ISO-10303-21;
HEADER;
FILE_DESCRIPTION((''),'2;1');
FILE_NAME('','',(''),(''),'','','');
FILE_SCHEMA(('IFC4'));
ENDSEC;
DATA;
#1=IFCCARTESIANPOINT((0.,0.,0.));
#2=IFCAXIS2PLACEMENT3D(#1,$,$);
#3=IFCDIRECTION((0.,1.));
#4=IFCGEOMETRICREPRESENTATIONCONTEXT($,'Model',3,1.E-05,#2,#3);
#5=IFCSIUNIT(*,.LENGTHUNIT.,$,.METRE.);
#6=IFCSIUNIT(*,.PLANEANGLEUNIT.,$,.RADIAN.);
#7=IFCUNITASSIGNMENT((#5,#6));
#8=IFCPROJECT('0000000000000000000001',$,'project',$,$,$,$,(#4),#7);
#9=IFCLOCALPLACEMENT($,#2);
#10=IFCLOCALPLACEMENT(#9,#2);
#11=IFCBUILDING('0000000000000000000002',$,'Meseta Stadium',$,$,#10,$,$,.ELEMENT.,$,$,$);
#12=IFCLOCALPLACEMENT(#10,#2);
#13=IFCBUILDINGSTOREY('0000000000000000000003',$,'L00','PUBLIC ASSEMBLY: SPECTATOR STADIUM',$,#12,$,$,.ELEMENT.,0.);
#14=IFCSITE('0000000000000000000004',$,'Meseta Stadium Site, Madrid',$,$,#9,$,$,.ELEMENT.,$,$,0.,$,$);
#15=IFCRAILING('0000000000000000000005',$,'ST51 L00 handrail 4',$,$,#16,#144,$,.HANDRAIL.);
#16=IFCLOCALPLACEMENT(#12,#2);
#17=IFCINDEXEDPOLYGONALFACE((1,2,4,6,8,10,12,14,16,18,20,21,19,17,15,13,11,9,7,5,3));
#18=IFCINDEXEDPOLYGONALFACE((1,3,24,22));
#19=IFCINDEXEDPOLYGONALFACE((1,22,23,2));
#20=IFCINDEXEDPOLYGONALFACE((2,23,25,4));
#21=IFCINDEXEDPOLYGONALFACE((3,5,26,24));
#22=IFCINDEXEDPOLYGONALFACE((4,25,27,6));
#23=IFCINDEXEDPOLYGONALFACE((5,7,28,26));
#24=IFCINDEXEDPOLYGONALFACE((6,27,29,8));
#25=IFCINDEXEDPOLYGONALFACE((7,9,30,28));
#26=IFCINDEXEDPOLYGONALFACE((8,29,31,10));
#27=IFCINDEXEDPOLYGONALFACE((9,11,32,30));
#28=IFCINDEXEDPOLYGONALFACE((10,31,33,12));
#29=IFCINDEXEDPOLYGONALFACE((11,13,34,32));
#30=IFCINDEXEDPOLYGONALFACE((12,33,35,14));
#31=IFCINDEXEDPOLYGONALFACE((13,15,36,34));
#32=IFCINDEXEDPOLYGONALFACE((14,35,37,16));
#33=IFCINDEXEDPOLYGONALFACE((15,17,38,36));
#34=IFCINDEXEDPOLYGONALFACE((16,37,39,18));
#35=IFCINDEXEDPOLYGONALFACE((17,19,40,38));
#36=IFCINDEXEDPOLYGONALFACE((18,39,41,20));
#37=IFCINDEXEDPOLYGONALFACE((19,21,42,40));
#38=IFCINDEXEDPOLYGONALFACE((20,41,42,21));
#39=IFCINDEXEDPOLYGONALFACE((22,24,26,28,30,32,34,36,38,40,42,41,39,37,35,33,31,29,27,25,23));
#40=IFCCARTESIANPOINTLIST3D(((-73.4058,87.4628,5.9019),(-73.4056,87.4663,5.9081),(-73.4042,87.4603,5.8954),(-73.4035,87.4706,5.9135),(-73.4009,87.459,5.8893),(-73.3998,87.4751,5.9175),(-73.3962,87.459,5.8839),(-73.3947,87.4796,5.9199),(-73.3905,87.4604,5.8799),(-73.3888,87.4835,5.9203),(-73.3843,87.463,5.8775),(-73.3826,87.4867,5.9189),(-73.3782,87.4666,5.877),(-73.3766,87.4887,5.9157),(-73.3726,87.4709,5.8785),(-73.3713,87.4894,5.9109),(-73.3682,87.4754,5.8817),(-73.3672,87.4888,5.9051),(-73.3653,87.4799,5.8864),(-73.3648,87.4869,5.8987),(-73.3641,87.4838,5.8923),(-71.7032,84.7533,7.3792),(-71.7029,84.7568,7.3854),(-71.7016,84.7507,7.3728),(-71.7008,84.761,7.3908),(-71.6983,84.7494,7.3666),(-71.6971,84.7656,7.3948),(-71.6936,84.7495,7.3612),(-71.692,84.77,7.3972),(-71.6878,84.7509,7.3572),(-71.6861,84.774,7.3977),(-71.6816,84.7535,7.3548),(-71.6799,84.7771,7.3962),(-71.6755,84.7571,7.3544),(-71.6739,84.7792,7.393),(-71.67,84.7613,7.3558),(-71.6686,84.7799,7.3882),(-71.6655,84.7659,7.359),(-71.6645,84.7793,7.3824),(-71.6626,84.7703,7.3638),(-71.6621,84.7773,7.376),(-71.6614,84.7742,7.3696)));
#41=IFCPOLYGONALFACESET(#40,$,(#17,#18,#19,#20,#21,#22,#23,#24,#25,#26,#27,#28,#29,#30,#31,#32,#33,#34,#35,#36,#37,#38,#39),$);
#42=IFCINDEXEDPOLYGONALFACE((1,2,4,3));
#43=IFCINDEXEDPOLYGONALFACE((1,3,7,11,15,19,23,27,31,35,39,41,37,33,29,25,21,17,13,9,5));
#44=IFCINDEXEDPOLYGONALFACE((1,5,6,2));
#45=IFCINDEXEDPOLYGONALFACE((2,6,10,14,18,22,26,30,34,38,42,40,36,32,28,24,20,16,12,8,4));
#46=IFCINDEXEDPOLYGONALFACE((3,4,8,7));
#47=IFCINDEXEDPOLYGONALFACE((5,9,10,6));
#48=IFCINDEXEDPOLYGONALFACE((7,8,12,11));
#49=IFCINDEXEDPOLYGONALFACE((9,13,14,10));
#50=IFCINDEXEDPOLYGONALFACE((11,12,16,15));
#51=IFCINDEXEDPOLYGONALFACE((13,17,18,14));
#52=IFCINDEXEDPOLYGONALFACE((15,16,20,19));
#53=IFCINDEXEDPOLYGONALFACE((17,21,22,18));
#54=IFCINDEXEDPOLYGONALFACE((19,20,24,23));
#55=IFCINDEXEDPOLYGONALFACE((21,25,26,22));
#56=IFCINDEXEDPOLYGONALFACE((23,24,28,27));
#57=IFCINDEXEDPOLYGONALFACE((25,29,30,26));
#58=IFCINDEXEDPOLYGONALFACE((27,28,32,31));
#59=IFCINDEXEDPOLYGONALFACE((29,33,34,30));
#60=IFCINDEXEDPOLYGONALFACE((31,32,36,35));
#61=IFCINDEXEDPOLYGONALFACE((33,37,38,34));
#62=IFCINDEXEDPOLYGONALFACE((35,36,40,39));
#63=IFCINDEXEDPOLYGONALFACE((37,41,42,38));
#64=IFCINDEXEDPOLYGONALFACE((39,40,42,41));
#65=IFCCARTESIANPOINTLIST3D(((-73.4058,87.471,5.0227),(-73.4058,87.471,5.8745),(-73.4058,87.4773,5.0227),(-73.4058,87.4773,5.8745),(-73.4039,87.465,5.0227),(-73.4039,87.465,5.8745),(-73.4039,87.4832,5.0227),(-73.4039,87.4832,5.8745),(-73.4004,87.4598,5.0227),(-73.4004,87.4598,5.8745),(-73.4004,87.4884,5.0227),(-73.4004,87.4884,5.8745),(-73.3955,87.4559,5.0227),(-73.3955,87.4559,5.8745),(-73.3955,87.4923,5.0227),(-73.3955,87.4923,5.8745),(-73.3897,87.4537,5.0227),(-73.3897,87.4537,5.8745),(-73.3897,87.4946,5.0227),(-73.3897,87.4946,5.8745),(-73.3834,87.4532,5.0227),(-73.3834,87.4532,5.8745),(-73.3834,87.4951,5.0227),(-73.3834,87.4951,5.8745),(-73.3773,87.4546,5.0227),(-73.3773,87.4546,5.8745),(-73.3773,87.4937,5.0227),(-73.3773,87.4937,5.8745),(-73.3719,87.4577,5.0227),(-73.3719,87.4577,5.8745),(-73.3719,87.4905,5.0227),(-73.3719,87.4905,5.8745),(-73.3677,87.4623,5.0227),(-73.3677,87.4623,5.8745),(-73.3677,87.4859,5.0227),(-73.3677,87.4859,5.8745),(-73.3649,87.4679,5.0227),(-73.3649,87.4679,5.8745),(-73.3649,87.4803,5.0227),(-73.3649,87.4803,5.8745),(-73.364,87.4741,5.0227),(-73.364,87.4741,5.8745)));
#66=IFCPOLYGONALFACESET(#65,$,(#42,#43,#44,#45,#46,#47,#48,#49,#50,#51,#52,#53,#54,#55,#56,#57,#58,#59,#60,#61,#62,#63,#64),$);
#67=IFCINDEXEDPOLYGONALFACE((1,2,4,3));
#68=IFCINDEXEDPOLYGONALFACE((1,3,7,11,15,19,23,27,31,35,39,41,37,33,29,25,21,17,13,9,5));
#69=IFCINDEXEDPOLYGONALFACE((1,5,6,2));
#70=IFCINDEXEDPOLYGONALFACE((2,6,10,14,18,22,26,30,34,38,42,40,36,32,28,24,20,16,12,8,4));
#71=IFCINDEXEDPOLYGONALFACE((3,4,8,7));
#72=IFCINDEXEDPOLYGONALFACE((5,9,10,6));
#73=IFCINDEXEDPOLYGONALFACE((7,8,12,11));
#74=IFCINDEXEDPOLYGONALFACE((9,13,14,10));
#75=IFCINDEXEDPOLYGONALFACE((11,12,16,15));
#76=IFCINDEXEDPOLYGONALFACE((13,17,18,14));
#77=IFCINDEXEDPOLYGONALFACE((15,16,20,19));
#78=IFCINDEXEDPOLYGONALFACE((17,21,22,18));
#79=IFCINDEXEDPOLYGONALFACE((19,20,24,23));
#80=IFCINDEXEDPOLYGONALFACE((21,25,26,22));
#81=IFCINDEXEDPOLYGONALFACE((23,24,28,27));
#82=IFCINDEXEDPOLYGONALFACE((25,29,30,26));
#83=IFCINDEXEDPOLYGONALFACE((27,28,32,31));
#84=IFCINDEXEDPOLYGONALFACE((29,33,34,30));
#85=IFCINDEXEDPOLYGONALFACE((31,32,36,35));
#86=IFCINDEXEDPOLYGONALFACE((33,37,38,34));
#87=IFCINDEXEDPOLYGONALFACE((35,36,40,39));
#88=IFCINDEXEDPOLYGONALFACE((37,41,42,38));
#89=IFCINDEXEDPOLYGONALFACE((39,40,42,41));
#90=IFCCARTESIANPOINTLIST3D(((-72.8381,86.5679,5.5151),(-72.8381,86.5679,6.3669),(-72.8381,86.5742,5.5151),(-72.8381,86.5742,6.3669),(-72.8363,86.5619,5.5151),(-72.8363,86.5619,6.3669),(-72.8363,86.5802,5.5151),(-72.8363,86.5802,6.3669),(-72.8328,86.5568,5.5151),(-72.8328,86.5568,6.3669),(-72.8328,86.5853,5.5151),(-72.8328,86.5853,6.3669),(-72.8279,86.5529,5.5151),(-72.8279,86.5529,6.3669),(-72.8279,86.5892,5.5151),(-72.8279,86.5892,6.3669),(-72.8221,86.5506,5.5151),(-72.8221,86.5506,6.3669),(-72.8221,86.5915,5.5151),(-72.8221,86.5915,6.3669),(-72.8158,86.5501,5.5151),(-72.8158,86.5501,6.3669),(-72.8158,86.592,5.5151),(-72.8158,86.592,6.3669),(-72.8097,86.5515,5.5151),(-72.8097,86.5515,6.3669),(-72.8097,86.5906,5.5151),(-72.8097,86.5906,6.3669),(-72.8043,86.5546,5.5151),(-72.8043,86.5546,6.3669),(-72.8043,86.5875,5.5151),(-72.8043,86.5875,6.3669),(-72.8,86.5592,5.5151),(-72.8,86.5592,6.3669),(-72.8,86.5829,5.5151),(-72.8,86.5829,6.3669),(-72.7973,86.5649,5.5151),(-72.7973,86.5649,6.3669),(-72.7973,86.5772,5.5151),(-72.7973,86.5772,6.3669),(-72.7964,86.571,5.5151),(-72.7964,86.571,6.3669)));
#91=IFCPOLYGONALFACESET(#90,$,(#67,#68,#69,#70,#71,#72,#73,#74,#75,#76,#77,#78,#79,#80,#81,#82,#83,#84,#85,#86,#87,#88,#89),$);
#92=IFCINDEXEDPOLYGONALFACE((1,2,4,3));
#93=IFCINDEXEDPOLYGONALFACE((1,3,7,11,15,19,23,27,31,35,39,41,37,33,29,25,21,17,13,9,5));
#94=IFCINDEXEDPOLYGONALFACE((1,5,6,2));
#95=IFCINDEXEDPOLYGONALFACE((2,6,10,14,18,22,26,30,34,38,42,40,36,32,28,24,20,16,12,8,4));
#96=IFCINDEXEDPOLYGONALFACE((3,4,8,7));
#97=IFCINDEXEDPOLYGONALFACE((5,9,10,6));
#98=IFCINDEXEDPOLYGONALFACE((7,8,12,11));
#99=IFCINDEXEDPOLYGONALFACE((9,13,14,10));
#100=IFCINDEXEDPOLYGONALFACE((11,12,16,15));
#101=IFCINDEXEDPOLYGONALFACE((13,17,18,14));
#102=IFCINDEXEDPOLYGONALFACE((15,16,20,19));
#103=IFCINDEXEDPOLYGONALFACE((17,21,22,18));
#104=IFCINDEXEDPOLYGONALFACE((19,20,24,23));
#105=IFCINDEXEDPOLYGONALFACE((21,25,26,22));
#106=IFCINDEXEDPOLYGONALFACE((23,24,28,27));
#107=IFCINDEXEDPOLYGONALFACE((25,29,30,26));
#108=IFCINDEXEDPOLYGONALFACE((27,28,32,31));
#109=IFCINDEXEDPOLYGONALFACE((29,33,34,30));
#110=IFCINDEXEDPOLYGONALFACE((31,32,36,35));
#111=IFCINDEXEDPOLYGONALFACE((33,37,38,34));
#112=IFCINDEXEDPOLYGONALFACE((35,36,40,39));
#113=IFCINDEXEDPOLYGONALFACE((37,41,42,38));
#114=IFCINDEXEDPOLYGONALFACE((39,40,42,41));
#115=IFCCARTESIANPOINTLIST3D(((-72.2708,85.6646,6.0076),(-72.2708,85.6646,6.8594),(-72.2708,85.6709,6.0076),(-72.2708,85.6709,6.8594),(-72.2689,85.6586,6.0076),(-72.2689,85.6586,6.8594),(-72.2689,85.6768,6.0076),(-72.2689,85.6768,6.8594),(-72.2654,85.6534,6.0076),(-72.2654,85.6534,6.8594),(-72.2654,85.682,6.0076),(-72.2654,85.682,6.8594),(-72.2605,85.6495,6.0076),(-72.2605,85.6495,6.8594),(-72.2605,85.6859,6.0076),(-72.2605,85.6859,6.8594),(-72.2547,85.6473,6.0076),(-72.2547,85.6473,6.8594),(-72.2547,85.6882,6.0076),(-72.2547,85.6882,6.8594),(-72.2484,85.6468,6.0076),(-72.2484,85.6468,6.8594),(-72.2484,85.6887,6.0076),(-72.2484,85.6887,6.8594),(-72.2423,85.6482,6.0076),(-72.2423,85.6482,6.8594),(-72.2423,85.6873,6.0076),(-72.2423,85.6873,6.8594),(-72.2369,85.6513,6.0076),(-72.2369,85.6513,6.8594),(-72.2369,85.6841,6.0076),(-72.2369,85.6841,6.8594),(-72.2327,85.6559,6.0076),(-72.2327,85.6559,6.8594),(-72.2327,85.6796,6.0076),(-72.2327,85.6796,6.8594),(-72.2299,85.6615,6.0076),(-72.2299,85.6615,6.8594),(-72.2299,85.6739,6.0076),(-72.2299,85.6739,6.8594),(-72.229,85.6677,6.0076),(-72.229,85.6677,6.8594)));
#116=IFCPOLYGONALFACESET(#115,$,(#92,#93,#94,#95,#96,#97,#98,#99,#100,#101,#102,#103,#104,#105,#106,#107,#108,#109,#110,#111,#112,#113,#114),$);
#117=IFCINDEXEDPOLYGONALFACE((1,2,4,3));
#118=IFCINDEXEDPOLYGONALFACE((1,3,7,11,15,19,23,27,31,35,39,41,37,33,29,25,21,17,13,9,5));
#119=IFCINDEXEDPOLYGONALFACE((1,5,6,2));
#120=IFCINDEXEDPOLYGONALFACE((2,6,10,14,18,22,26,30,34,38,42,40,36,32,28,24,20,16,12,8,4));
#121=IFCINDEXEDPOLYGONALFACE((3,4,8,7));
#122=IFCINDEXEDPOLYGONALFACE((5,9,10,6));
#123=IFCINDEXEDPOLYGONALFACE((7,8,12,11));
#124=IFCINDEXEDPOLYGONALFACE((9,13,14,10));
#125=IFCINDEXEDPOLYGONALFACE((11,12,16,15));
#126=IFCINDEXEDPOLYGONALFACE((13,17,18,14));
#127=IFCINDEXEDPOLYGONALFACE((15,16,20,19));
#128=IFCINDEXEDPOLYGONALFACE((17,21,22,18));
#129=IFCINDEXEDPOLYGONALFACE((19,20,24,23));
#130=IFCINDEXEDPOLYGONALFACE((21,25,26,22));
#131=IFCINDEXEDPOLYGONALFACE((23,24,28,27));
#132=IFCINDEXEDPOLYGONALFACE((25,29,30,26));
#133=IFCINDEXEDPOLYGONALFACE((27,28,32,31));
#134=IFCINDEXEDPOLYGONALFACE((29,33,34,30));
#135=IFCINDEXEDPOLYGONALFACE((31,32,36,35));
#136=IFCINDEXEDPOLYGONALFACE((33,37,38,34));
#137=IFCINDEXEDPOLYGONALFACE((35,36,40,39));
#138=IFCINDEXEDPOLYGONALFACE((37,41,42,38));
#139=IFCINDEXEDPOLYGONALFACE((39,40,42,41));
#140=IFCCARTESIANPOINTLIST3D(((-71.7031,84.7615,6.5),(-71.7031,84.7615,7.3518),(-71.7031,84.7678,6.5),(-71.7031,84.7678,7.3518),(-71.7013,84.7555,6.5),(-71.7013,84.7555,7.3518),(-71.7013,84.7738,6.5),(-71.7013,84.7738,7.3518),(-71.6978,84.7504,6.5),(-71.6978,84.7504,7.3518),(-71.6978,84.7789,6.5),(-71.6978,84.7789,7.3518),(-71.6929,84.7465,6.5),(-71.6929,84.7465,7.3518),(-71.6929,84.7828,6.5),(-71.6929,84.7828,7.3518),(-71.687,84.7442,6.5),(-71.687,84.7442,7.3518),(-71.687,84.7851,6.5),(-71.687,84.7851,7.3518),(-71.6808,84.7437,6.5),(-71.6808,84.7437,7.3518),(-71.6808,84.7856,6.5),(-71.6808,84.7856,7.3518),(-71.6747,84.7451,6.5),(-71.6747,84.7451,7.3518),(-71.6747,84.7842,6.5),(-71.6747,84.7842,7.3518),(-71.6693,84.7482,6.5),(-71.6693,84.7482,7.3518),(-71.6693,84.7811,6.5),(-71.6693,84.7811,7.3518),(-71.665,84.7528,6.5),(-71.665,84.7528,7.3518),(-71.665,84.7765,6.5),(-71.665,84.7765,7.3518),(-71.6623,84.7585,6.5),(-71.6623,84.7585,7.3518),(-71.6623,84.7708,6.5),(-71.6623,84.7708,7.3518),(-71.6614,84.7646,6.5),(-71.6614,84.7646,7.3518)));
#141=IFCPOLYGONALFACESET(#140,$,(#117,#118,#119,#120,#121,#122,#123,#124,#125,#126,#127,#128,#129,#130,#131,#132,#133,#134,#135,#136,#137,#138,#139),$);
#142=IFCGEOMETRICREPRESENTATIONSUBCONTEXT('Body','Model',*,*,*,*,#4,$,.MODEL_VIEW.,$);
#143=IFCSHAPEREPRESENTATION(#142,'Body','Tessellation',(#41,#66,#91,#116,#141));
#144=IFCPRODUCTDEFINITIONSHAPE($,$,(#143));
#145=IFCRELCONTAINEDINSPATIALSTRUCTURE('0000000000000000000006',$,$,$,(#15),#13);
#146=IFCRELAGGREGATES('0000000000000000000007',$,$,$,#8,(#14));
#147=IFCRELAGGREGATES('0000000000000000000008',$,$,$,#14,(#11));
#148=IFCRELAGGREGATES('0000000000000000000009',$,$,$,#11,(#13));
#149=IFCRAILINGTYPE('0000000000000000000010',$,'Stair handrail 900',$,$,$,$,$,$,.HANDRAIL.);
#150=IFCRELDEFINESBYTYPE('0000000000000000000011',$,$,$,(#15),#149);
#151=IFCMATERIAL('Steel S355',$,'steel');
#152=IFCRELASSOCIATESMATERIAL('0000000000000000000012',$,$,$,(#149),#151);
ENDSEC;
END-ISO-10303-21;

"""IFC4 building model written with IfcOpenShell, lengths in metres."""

from ifc_helpers import new_model, si_unit, direction, frame, origin, origin_2d, place, context, subcontext, project, spatial, circle, extrude, material, type_object, element, save


model = new_model("IFC4")

# Units and contexts
model_context = context("Model", 3, precision=1e-05, world=origin(), true_north=direction((0.0, 1.0)))
body_context = subcontext(model_context, "Body", "Model", "MODEL_VIEW")
ifc_project = project(units=[si_unit("LENGTHUNIT", "METRE"), si_unit("PLANEANGLEUNIT", "RADIAN")], contexts=[model_context])

# Site, building, storey
site_placement = place(None, origin())
site = spatial("IfcSite", under=ifc_project, at=site_placement, Name="Meseta Stadium Site, Madrid", CompositionType="ELEMENT", RefElevation=0.0)
building_placement = place(site_placement, origin())
building = spatial("IfcBuilding", under=site, at=building_placement, Name="Meseta Stadium", CompositionType="ELEMENT")
storey_placement = place(building_placement, origin())
storey = spatial("IfcBuildingStorey", under=building, at=storey_placement, Name="L00", Description="PUBLIC ASSEMBLY: SPECTATOR STADIUM", CompositionType="ELEMENT", Elevation=0.0)

# Railing
ifc_material_1 = material(Name="Steel S355", Category="steel")
railing_type_1 = type_object("IfcRailingType", Name="Stair handrail 900", PredefinedType="HANDRAIL", material=ifc_material_1)
railing_1_placement = place(storey_placement, frame((-73.385, 87.4741, 5.0227)))
element("IfcRailing", 1, at=railing_1_placement, inside=storey, type_object=railing_type_1, Name="ST51 L00 handrail 4", PredefinedType="HANDRAIL", context=body_context, shape_type="SweptSolid", body=[
    extrude(circle(Radius=0.0239, at=origin_2d()), frame((0.0, 0.0, 0.876), z_axis=(0.483076, -0.768738, 0.419142), x_axis=(0.846701, 0.532068, 0.0)), (0.0, 0.0, 1.0), 3.5247),
    extrude(circle(Radius=0.021, at=origin_2d()), origin(), (0.0, 0.0, 1.0), 0.8518),
    extrude(circle(Radius=0.021, at=origin_2d()), frame((0.5676, -0.9031, 0.4924)), (0.0, 0.0, 1.0), 0.8518),
    extrude(circle(Radius=0.021, at=origin_2d()), frame((1.135, -1.8064, 0.9849)), (0.0, 0.0, 1.0), 0.8518),
    extrude(circle(Radius=0.021, at=origin_2d()), frame((1.7026, -2.7095, 1.4773)), (0.0, 0.0, 1.0), 0.8518),
])

save(model, "model.ifc")
